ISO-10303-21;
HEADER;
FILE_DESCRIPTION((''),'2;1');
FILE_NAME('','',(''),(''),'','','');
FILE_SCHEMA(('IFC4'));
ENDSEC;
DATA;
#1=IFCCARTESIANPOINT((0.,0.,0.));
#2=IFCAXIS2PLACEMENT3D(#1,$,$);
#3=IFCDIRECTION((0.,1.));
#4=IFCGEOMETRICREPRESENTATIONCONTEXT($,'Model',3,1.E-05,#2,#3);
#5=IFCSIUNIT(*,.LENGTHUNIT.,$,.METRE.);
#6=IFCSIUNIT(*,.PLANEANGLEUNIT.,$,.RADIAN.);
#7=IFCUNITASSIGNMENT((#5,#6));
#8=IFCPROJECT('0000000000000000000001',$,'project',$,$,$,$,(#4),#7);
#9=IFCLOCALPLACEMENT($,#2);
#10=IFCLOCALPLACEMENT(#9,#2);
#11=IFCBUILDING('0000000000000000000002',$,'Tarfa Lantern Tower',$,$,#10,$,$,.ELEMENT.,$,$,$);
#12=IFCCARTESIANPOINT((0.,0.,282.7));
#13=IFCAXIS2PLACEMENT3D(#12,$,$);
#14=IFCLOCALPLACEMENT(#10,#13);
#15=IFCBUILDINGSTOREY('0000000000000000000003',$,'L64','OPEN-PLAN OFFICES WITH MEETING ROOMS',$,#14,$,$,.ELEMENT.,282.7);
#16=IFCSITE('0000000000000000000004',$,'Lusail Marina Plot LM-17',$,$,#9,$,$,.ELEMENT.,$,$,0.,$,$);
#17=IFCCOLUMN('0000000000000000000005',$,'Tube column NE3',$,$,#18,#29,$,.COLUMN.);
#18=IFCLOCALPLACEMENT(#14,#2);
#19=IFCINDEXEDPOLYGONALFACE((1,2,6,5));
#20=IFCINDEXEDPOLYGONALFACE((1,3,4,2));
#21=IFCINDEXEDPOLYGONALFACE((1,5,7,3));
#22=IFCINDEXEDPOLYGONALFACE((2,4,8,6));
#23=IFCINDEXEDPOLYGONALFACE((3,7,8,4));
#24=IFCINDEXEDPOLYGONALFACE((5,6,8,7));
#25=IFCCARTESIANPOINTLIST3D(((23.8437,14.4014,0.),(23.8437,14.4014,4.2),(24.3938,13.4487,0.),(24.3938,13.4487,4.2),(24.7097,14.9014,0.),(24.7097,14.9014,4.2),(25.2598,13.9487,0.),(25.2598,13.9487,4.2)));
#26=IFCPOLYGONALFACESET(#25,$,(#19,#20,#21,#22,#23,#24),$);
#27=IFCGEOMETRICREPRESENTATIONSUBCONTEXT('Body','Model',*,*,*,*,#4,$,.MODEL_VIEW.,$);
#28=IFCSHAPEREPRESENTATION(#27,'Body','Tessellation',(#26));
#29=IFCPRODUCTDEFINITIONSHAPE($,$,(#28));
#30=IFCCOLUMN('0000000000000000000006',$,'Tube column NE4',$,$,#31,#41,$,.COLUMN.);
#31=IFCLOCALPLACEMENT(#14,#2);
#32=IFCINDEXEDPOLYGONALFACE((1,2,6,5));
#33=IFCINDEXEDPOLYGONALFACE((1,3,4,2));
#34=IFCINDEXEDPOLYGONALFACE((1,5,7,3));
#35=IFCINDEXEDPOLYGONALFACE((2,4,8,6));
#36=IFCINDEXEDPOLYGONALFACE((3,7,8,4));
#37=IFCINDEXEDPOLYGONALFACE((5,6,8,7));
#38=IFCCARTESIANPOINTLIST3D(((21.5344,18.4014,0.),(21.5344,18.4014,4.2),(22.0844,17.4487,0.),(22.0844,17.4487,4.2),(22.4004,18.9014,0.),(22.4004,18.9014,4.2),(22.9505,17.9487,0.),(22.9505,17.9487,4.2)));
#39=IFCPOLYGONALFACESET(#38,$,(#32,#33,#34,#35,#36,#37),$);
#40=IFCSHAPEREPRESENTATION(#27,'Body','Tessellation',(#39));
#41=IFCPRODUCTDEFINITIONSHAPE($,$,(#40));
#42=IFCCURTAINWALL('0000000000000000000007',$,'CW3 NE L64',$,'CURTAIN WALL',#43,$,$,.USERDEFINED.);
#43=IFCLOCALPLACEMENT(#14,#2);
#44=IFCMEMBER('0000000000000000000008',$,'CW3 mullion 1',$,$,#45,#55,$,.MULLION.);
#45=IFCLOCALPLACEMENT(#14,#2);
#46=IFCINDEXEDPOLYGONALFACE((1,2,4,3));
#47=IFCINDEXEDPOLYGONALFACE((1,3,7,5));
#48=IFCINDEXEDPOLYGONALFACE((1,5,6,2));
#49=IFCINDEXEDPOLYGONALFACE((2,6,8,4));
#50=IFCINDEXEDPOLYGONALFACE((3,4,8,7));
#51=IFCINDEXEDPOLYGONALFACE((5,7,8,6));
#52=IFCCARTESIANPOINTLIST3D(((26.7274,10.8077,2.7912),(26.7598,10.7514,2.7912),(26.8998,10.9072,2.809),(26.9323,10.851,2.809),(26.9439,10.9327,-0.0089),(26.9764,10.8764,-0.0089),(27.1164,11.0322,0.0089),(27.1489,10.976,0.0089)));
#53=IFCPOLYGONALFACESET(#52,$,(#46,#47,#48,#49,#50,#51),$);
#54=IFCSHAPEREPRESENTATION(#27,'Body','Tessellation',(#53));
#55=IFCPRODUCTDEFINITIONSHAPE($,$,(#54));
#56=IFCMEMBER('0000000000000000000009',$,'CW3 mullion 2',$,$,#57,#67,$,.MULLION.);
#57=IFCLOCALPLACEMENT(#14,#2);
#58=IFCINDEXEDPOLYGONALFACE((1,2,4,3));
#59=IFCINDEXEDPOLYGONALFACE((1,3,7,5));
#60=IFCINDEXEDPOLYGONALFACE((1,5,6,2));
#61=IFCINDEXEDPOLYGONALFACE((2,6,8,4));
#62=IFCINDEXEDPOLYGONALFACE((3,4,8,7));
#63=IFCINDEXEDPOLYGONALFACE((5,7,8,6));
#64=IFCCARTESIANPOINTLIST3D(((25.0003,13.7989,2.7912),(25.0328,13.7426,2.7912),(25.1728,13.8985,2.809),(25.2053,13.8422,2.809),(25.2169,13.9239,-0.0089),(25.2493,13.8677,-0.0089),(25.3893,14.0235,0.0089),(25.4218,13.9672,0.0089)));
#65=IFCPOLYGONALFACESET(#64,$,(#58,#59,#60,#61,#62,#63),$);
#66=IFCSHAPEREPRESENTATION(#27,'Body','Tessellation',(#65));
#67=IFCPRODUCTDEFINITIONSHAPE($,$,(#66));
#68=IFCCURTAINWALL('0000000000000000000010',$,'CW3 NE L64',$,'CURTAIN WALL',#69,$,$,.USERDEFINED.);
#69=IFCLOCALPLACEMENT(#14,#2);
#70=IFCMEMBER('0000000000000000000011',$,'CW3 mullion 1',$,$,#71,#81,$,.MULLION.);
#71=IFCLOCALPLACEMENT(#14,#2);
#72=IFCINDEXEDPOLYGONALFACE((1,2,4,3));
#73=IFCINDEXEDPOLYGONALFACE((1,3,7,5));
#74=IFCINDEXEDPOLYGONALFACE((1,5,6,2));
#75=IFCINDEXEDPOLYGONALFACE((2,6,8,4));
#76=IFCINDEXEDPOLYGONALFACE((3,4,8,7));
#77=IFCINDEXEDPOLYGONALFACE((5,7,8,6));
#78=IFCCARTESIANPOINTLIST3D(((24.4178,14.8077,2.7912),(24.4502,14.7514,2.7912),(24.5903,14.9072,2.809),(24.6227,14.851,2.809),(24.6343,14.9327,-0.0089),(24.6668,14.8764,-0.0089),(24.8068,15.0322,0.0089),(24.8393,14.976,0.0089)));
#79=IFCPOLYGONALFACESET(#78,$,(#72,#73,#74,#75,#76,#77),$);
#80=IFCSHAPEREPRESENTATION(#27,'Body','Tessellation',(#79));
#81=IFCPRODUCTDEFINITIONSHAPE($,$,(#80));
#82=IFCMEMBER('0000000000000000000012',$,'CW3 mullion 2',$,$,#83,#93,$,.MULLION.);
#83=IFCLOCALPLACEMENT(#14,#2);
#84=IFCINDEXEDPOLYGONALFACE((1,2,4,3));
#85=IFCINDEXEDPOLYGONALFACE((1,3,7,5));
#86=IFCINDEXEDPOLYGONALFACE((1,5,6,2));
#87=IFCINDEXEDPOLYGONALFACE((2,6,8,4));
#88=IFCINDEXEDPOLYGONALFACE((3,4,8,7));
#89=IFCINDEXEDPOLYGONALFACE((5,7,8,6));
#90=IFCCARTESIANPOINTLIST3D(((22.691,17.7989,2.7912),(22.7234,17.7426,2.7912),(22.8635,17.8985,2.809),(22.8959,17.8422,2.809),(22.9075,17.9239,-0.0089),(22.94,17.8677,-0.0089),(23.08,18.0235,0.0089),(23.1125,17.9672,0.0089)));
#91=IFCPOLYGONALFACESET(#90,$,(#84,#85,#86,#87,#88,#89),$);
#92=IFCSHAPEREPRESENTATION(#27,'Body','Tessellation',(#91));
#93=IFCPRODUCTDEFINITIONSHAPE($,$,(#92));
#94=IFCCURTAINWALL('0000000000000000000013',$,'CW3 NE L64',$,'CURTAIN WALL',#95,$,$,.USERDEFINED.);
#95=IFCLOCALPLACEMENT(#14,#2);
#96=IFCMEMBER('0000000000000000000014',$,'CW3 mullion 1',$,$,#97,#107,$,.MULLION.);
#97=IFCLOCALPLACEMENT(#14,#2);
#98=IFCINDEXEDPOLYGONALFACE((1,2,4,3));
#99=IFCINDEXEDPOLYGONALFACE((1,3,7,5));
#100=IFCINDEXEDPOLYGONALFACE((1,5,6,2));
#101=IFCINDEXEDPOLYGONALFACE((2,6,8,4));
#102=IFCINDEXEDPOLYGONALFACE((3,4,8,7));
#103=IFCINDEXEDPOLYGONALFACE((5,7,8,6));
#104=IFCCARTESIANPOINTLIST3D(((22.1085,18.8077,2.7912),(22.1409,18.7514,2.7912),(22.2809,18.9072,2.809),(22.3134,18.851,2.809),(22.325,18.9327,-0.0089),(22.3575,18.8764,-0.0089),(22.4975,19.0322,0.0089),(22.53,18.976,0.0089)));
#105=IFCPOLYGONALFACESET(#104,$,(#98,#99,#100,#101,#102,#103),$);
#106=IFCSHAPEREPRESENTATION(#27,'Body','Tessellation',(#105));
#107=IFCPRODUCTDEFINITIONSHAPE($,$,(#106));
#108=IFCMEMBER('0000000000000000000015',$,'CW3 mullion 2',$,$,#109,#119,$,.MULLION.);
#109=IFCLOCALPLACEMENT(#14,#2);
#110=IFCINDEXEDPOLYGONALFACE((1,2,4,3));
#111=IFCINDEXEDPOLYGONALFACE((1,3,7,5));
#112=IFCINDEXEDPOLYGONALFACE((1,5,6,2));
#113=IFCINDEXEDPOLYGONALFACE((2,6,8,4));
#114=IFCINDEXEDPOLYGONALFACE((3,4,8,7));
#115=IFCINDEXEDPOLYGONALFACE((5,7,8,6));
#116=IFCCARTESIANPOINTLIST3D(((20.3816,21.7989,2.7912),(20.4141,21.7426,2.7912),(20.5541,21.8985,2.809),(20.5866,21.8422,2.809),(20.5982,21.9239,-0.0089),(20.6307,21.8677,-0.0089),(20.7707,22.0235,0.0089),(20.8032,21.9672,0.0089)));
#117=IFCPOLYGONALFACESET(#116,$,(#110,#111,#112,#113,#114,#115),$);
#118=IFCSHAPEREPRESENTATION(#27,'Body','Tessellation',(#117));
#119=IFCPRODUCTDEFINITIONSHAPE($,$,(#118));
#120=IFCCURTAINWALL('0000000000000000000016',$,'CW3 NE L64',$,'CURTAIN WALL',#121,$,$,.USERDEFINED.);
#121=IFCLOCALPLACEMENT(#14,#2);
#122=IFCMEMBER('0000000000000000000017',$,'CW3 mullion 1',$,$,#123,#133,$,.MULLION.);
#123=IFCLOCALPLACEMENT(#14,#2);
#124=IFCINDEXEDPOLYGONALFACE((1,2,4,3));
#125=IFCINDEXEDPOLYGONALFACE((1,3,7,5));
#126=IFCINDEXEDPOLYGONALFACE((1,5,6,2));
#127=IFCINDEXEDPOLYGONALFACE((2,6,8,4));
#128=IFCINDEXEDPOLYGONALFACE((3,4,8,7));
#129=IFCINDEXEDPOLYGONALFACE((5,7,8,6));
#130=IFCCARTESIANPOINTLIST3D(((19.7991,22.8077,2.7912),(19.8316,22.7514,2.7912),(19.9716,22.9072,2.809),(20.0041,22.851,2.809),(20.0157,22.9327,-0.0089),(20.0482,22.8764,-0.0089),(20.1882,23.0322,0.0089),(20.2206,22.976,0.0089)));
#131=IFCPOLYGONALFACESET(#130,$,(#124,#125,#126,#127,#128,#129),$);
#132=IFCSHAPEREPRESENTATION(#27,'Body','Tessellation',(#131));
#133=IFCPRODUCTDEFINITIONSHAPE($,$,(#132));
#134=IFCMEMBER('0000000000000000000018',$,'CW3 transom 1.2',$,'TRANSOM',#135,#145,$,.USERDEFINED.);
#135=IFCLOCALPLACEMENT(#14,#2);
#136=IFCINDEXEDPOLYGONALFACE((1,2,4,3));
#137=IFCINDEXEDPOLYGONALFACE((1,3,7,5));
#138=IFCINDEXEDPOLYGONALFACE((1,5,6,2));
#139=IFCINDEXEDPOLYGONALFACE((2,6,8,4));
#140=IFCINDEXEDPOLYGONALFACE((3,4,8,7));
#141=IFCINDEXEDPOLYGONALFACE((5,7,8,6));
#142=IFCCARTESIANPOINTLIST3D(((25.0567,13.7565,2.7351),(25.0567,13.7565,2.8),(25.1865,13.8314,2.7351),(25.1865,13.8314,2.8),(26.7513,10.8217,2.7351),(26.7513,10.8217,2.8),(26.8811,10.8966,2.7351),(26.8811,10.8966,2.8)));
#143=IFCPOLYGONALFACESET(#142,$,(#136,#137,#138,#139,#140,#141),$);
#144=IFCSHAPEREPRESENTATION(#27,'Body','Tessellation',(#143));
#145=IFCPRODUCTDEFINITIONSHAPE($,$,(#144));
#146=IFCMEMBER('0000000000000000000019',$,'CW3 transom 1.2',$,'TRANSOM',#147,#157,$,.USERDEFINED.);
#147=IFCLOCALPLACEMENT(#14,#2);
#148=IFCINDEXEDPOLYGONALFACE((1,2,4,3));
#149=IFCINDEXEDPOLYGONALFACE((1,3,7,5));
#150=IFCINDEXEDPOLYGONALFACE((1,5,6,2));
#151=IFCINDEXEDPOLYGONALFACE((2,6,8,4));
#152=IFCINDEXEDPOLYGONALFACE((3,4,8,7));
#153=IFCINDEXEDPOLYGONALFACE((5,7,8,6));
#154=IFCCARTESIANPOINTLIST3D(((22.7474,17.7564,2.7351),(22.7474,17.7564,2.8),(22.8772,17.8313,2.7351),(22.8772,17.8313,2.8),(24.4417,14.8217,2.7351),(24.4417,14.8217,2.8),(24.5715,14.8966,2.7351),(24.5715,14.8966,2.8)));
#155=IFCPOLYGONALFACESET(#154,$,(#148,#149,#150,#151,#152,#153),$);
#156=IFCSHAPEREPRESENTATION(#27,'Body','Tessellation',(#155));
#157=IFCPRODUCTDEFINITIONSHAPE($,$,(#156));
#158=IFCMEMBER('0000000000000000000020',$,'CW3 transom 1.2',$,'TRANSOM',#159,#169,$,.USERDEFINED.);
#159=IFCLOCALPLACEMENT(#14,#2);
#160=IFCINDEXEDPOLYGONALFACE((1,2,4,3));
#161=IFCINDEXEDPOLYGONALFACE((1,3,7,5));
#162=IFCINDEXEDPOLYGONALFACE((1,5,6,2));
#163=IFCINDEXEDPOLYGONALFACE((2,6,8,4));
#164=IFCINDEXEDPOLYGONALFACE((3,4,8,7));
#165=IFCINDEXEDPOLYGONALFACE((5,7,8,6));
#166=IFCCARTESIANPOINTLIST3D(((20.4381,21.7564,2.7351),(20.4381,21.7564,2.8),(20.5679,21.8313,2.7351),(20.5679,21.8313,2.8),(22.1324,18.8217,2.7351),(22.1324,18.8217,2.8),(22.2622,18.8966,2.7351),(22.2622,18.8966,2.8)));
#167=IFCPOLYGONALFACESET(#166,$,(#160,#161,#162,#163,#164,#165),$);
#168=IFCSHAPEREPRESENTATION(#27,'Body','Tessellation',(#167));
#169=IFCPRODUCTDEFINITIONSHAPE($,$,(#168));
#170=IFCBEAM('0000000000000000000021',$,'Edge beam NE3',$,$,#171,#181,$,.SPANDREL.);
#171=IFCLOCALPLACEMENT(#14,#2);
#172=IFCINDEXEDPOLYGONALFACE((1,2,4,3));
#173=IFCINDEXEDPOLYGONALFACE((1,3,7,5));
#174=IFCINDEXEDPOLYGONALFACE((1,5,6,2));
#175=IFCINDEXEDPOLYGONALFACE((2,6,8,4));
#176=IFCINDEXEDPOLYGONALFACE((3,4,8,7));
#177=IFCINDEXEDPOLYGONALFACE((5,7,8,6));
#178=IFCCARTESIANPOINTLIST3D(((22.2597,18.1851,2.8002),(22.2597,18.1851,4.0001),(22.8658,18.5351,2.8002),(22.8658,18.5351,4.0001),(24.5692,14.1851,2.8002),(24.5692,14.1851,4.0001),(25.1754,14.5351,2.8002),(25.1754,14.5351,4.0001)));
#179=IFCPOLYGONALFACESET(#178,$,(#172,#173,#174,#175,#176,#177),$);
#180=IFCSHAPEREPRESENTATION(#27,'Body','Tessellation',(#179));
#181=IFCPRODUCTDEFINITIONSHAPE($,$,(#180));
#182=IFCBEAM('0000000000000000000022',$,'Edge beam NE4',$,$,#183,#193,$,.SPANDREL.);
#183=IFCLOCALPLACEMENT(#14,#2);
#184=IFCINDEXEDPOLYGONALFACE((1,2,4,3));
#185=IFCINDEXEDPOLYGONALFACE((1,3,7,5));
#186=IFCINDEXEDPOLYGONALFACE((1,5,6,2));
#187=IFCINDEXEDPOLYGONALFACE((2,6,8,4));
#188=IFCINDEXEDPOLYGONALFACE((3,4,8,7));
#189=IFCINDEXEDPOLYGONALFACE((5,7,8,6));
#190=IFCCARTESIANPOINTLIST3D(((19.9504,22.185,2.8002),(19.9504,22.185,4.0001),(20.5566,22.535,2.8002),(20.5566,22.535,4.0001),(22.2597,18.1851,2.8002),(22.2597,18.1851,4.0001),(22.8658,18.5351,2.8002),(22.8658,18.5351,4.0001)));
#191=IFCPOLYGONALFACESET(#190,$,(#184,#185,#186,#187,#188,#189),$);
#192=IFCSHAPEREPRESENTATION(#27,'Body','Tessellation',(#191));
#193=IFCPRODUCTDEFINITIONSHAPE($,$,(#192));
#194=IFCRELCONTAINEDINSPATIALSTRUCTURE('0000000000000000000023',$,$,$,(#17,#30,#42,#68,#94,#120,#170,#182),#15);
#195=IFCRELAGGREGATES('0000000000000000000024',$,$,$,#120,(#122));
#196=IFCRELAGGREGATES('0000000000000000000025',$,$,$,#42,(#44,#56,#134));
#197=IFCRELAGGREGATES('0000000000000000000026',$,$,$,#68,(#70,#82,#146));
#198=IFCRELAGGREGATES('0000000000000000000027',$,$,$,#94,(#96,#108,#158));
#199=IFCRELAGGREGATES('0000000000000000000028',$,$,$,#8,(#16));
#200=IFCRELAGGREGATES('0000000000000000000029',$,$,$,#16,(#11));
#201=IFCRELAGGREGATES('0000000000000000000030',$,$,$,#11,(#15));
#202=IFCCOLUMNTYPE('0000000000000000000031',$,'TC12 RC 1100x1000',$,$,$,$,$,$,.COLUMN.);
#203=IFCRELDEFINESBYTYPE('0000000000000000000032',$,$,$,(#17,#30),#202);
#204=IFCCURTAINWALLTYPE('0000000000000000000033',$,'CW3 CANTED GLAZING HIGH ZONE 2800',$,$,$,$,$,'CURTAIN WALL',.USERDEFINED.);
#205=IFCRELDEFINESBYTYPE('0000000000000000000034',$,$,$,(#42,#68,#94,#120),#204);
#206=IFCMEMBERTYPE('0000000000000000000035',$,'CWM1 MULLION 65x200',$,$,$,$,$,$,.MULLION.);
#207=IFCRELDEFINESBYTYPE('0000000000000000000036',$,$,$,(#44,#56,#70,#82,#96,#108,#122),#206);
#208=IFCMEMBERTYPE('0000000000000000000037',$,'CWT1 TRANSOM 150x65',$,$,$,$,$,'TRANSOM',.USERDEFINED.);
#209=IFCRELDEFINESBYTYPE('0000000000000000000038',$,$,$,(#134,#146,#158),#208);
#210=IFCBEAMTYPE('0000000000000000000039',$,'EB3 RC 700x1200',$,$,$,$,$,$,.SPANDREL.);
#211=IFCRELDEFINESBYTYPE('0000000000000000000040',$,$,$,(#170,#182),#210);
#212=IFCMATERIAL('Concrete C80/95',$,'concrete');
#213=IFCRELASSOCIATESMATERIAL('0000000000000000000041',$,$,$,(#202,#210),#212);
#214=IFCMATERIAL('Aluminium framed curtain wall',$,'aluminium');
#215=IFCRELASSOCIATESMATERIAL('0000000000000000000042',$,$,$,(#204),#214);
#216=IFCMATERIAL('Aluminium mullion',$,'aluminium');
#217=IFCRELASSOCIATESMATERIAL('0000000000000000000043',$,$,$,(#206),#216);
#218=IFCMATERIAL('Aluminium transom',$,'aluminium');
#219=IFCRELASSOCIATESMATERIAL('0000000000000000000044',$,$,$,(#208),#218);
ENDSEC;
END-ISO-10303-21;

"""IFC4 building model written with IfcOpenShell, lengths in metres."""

from ifc_helpers import new_model, si_unit, direction, frame, origin, origin_2d, place, context, subcontext, project, spatial, rectangle, extrude, material, material_profile, profile_set, type_object, element, aggregate, save


model = new_model("IFC4")

# Units and contexts
model_context = context("Model", 3, precision=1e-05, world=origin(), true_north=direction((0.0, 1.0)))
body_context = subcontext(model_context, "Body", "Model", "MODEL_VIEW")
ifc_project = project(units=[si_unit("LENGTHUNIT", "METRE"), si_unit("PLANEANGLEUNIT", "RADIAN")], contexts=[model_context])

# Site, building, storey
site_placement = place(None, origin())
site = spatial("IfcSite", under=ifc_project, at=site_placement, Name="Lusail Marina Plot LM-17", CompositionType="ELEMENT", RefElevation=0.0)
building_placement = place(site_placement, origin())
building = spatial("IfcBuilding", under=site, at=building_placement, Name="Tarfa Lantern Tower", CompositionType="ELEMENT")
storey_placement = place(building_placement, frame((0.0, 0.0, 282.7)))
storey = spatial("IfcBuildingStorey", under=building, at=storey_placement, Name="L64", Description="OPEN-PLAN OFFICES WITH MEETING ROOMS", CompositionType="ELEMENT", Elevation=282.7)

# Columns
ifc_material_1 = material(Name="Concrete C80/95", Category="concrete")
ifc_material_profile_1 = material_profile(ifc_material_1, rectangle(XDim=1.1001, YDim=1.0, at=origin_2d()), Name="RC 1100x1000")
ifc_profile_set_1 = profile_set([ifc_material_profile_1], Name="Concrete C80/95")
column_type = type_object("IfcColumnType", Name="TC12 RC 1100x1000", PredefinedType="COLUMN", material=ifc_profile_set_1)
for number, where, z_axis, x_axis, name in (
    (1, (24.5518, 14.175, 0.0), (0.0, 0.0, 1.0), (-0.5, 0.866025, 0.0), "Tube column NE3"),
    (2, (22.2424, 18.175, 0.0), (0.0, 0.0, 1.0), (-0.5, 0.866025, 0.0), "Tube column NE4"),
):
    element("IfcColumn", number, at=place(storey_placement, frame(where, z_axis=z_axis, x_axis=x_axis)), inside=storey, type_object=column_type, Name=name, PredefinedType="COLUMN", context=body_context, shape_type="SweptSolid", body=[
        extrude(rectangle(XDim=1.1001, YDim=1.0, at=origin_2d()), origin(), (0.0, 0.0, 1.0), 4.2),
    ])

# Curtain walls, members
ifc_material_2 = material(Name="Aluminium framed curtain wall", Category="aluminium")
curtain_wall_type = type_object("IfcCurtainWallType", Name="CW3 CANTED GLAZING HIGH ZONE 2800", ElementType="CURTAIN WALL", PredefinedType="USERDEFINED", material=ifc_material_2)
curtain_wall_1_placement = place(storey_placement, origin())
curtain_wall_1 = element("IfcCurtainWall", 3, at=curtain_wall_1_placement, inside=storey, type_object=curtain_wall_type, Name="CW3 NE L64", ObjectType="CURTAIN WALL", PredefinedType="USERDEFINED")
ifc_material_3 = material(Name="Aluminium mullion", Category="aluminium")
ifc_material_profile_2 = material_profile(ifc_material_3, rectangle(XDim=0.0649, YDim=0.2, at=origin_2d()), Name="AL MULLION 65x200")
ifc_profile_set_2 = profile_set([ifc_material_profile_2], Name="Aluminium mullion")
member_type_1 = type_object("IfcMemberType", Name="CWM1 MULLION 65x200", PredefinedType="MULLION", material=ifc_profile_set_2)
member_1_placement = place(storey_placement, frame((27.0464, 10.9543, 0.0), z_axis=(-0.077032, -0.044465, 0.996037), x_axis=(0.49992, -0.866072, 0.0)))
member_1 = element("IfcMember", 4, at=member_1_placement, type_object=member_type_1, Name="CW3 mullion 1", PredefinedType="MULLION", context=body_context, shape_type="SweptSolid", body=[
    extrude(rectangle(XDim=0.0649, YDim=0.2, at=origin_2d()), origin(), (0.0, 0.0, 1.0), 2.8113),
])
member_2_placement = place(storey_placement, frame((25.3193, 13.9456, 0.0), z_axis=(-0.077032, -0.044465, 0.996037), x_axis=(0.49992, -0.866072, 0.0)))
member_2 = element("IfcMember", 5, at=member_2_placement, type_object=member_type_1, Name="CW3 mullion 2", PredefinedType="MULLION", context=body_context, shape_type="SweptSolid", body=[
    extrude(rectangle(XDim=0.0649, YDim=0.2, at=origin_2d()), origin(), (0.0, 0.0, 1.0), 2.8113),
])
curtain_wall_2_placement = place(storey_placement, origin())
curtain_wall_2 = element("IfcCurtainWall", 6, at=curtain_wall_2_placement, inside=storey, type_object=curtain_wall_type, Name="CW3 NE L64", ObjectType="CURTAIN WALL", PredefinedType="USERDEFINED")
member_3_placement = place(storey_placement, frame((24.7368, 14.9543, 0.0), z_axis=(-0.077032, -0.044465, 0.996037), x_axis=(0.49992, -0.866072, 0.0)))
member_3 = element("IfcMember", 7, at=member_3_placement, type_object=member_type_1, Name="CW3 mullion 1", PredefinedType="MULLION", context=body_context, shape_type="SweptSolid", body=[
    extrude(rectangle(XDim=0.0649, YDim=0.2, at=origin_2d()), origin(), (0.0, 0.0, 1.0), 2.8113),
])
member_4_placement = place(storey_placement, frame((23.01, 17.9456, 0.0), z_axis=(-0.077032, -0.044465, 0.996037), x_axis=(0.49992, -0.866072, 0.0)))
member_4 = element("IfcMember", 8, at=member_4_placement, type_object=member_type_1, Name="CW3 mullion 2", PredefinedType="MULLION", context=body_context, shape_type="SweptSolid", body=[
    extrude(rectangle(XDim=0.0649, YDim=0.2, at=origin_2d()), origin(), (0.0, 0.0, 1.0), 2.8113),
])
curtain_wall_3_placement = place(storey_placement, origin())
curtain_wall_3 = element("IfcCurtainWall", 9, at=curtain_wall_3_placement, inside=storey, type_object=curtain_wall_type, Name="CW3 NE L64", ObjectType="CURTAIN WALL", PredefinedType="USERDEFINED")
member_5_placement = place(storey_placement, frame((22.4275, 18.9543, 0.0), z_axis=(-0.077032, -0.044465, 0.996037), x_axis=(0.49992, -0.866072, 0.0)))
member_5 = element("IfcMember", 10, at=member_5_placement, type_object=member_type_1, Name="CW3 mullion 1", PredefinedType="MULLION", context=body_context, shape_type="SweptSolid", body=[
    extrude(rectangle(XDim=0.0649, YDim=0.2, at=origin_2d()), origin(), (0.0, 0.0, 1.0), 2.8113),
])
member_6_placement = place(storey_placement, frame((20.7007, 21.9456, 0.0), z_axis=(-0.077032, -0.044465, 0.996037), x_axis=(0.49992, -0.866072, 0.0)))
member_6 = element("IfcMember", 11, at=member_6_placement, type_object=member_type_1, Name="CW3 mullion 2", PredefinedType="MULLION", context=body_context, shape_type="SweptSolid", body=[
    extrude(rectangle(XDim=0.0649, YDim=0.2, at=origin_2d()), origin(), (0.0, 0.0, 1.0), 2.8113),
])

# Curtain wall, member
curtain_wall_4_placement = place(storey_placement, origin())
curtain_wall_4 = element("IfcCurtainWall", 12, at=curtain_wall_4_placement, inside=storey, type_object=curtain_wall_type, Name="CW3 NE L64", ObjectType="CURTAIN WALL", PredefinedType="USERDEFINED")
member_7_placement = place(storey_placement, frame((20.1182, 22.9543, 0.0), z_axis=(-0.077032, -0.044465, 0.996037), x_axis=(0.49992, -0.866072, 0.0)))
member_7 = element("IfcMember", 13, at=member_7_placement, type_object=member_type_1, Name="CW3 mullion 1", PredefinedType="MULLION", context=body_context, shape_type="SweptSolid", body=[
    extrude(rectangle(XDim=0.0649, YDim=0.2, at=origin_2d()), origin(), (0.0, 0.0, 1.0), 2.8113),
])
aggregate(curtain_wall_4, [member_7])

# Members
ifc_material_4 = material(Name="Aluminium transom", Category="aluminium")
ifc_material_profile_3 = material_profile(ifc_material_4, rectangle(XDim=0.1499, YDim=0.0649, at=origin_2d()), Name="AL TRANSOM 150x65")
ifc_profile_set_3 = profile_set([ifc_material_profile_3], Name="Aluminium transom")
member_type_2 = type_object("IfcMemberType", Name="CWT1 TRANSOM 150x65", ElementType="TRANSOM", PredefinedType="USERDEFINED", material=ifc_profile_set_3)
member_8_placement = place(storey_placement, frame((26.8162, 10.8591, 2.7676), z_axis=(-0.500036, 0.866004, 0.0), x_axis=(-0.866004, -0.500036, 0.0)))
member_8 = element("IfcMember", 14, at=member_8_placement, type_object=member_type_2, Name="CW3 transom 1.2", ObjectType="TRANSOM", PredefinedType="USERDEFINED", context=body_context, shape_type="SweptSolid", body=[
    extrude(rectangle(XDim=0.1499, YDim=0.0649, at=origin_2d()), origin(), (0.0, 0.0, 1.0), 3.3889),
])
member_9_placement = place(storey_placement, frame((24.5066, 14.8591, 2.7676), z_axis=(-0.499982, 0.866036, 0.0), x_axis=(-0.866036, -0.499982, 0.0)))
member_9 = element("IfcMember", 15, at=member_9_placement, type_object=member_type_2, Name="CW3 transom 1.2", ObjectType="TRANSOM", PredefinedType="USERDEFINED", context=body_context, shape_type="SweptSolid", body=[
    extrude(rectangle(XDim=0.1499, YDim=0.0649, at=origin_2d()), origin(), (0.0, 0.0, 1.0), 3.3887),
])
member_10_placement = place(storey_placement, frame((22.1973, 18.8591, 2.7676), z_axis=(-0.499982, 0.866036, 0.0), x_axis=(-0.866036, -0.499982, 0.0)))
member_10 = element("IfcMember", 16, at=member_10_placement, type_object=member_type_2, Name="CW3 transom 1.2", ObjectType="TRANSOM", PredefinedType="USERDEFINED", context=body_context, shape_type="SweptSolid", body=[
    extrude(rectangle(XDim=0.1499, YDim=0.0649, at=origin_2d()), origin(), (0.0, 0.0, 1.0), 3.3887),
])

# Beams
ifc_material_profile_4 = material_profile(ifc_material_1, rectangle(XDim=0.7, YDim=1.2, at=origin_2d()), Name="RC 700x1200")
ifc_profile_set_4 = profile_set([ifc_material_profile_4], Name="Concrete C80/95")
beam_type_1 = type_object("IfcBeamType", Name="EB3 RC 700x1200", PredefinedType="SPANDREL", material=ifc_profile_set_4)
beam_1_placement = place(storey_placement, frame((24.8723, 14.3601, 3.4001), z_axis=(-0.500027, 0.86601, 0.0), x_axis=(-0.86601, -0.500027, 0.0)))
element("IfcBeam", 17, at=beam_1_placement, inside=storey, type_object=beam_type_1, Name="Edge beam NE3", PredefinedType="SPANDREL", context=body_context, shape_type="SweptSolid", body=[
    extrude(rectangle(XDim=0.7, YDim=1.2, at=origin_2d()), origin(), (0.0, 0.0, 1.0), 4.6189),
])
for number, where, z_axis, x_axis, name in (
    (18, (22.5627, 18.3601, 3.4001), (-0.499988, 0.866032, 0.0), (-0.866032, -0.499988, 0.0), "Edge beam NE4"),
):
    element("IfcBeam", number, at=place(storey_placement, frame(where, z_axis=z_axis, x_axis=x_axis)), inside=storey, type_object=beam_type_1, Name=name, PredefinedType="SPANDREL", context=body_context, shape_type="SweptSolid", body=[
        extrude(rectangle(XDim=0.7, YDim=1.2, at=origin_2d()), origin(), (0.0, 0.0, 1.0), 4.6187),
    ])

aggregate(curtain_wall_1, [member_1, member_2, member_8])
aggregate(curtain_wall_2, [member_3, member_4, member_9])
aggregate(curtain_wall_3, [member_5, member_6, member_10])

save(model, "model.ifc")
